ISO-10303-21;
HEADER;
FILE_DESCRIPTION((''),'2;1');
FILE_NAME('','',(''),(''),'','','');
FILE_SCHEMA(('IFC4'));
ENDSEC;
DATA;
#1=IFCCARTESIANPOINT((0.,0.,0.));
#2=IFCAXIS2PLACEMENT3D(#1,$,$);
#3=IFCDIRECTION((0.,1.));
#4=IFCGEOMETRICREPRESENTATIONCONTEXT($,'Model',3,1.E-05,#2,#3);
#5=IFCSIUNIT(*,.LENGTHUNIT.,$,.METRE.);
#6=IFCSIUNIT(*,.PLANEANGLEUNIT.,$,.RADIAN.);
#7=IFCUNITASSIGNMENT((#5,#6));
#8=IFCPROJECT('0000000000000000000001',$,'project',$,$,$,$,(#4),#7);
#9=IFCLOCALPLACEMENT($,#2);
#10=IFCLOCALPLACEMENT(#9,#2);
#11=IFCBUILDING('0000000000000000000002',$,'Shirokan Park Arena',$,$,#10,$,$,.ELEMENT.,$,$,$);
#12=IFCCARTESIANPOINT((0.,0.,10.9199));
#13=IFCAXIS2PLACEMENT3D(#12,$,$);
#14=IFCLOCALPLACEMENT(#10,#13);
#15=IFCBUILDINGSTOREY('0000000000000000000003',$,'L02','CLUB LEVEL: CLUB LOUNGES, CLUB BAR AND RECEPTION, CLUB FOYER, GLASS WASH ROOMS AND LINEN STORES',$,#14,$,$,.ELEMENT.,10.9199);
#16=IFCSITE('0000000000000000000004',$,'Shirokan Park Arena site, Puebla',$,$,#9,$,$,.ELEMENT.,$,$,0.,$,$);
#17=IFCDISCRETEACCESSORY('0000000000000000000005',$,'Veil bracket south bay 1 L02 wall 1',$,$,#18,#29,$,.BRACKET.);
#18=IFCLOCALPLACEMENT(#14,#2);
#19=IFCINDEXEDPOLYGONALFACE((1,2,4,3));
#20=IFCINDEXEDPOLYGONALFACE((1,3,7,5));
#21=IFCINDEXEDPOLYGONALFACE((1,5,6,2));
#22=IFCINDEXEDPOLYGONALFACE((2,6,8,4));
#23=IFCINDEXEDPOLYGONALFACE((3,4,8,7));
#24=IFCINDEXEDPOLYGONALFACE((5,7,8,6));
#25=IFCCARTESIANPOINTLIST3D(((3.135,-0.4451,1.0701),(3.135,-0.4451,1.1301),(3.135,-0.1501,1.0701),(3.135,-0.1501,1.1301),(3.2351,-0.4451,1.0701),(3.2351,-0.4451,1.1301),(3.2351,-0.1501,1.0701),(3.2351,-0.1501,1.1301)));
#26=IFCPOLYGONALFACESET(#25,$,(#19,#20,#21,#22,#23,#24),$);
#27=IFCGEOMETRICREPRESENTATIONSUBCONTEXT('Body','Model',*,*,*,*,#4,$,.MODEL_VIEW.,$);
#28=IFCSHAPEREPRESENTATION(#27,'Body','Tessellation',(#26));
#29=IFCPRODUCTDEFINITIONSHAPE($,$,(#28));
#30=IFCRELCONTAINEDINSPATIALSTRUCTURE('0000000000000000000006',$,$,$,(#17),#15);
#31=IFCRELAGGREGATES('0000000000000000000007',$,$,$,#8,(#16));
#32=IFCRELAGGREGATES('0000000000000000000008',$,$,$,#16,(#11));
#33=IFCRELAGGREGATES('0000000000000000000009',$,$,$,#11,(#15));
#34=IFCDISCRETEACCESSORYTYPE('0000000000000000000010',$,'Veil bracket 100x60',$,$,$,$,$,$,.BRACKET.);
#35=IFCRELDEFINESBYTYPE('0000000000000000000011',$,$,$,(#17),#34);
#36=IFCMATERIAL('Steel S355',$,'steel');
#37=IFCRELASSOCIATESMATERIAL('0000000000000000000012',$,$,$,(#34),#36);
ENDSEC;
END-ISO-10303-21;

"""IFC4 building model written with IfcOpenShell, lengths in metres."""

from ifc_helpers import new_model, si_unit, direction, frame, origin, origin_2d, place, context, subcontext, project, spatial, rectangle, extrude, material, type_object, element, save


model = new_model("IFC4")

# Units and contexts
model_context = context("Model", 3, precision=1e-05, world=origin(), true_north=direction((0.0, 1.0)))
body_context = subcontext(model_context, "Body", "Model", "MODEL_VIEW")
ifc_project = project(units=[si_unit("LENGTHUNIT", "METRE"), si_unit("PLANEANGLEUNIT", "RADIAN")], contexts=[model_context])

# Site, building, storey
site_placement = place(None, origin())
site = spatial("IfcSite", under=ifc_project, at=site_placement, Name="Shirokan Park Arena site, Puebla", CompositionType="ELEMENT", RefElevation=0.0)
building_placement = place(site_placement, origin())
building = spatial("IfcBuilding", under=site, at=building_placement, Name="Shirokan Park Arena", CompositionType="ELEMENT")
storey_placement = place(building_placement, frame((0.0, 0.0, 10.9199)))
storey = spatial("IfcBuildingStorey", under=building, at=storey_placement, Name="L02", Description="CLUB LEVEL: CLUB LOUNGES, CLUB BAR AND RECEPTION, CLUB FOYER, GLASS WASH ROOMS AND LINEN STORES", CompositionType="ELEMENT", Elevation=10.9199)

# Discrete accessory
ifc_material_1 = material(Name="Steel S355", Category="steel")
discrete_accessory_type = type_object("IfcDiscreteAccessoryType", Name="Veil bracket 100x60", PredefinedType="BRACKET", material=ifc_material_1)
discrete_accessory_placement = place(storey_placement, frame((3.1851, -0.2976, 1.0701), z_axis=(0.0, 0.0, 1.0), x_axis=(1.0, 0.0, 0.0)))
element("IfcDiscreteAccessory", 1, at=discrete_accessory_placement, inside=storey, type_object=discrete_accessory_type, Name="Veil bracket south bay 1 L02 wall 1", PredefinedType="BRACKET", context=body_context, shape_type="SweptSolid", body=[
    extrude(rectangle(XDim=0.1001, YDim=0.2949, at=origin_2d()), origin(), (0.0, 0.0, 1.0), 0.0601),
])

save(model, "model.ifc")
